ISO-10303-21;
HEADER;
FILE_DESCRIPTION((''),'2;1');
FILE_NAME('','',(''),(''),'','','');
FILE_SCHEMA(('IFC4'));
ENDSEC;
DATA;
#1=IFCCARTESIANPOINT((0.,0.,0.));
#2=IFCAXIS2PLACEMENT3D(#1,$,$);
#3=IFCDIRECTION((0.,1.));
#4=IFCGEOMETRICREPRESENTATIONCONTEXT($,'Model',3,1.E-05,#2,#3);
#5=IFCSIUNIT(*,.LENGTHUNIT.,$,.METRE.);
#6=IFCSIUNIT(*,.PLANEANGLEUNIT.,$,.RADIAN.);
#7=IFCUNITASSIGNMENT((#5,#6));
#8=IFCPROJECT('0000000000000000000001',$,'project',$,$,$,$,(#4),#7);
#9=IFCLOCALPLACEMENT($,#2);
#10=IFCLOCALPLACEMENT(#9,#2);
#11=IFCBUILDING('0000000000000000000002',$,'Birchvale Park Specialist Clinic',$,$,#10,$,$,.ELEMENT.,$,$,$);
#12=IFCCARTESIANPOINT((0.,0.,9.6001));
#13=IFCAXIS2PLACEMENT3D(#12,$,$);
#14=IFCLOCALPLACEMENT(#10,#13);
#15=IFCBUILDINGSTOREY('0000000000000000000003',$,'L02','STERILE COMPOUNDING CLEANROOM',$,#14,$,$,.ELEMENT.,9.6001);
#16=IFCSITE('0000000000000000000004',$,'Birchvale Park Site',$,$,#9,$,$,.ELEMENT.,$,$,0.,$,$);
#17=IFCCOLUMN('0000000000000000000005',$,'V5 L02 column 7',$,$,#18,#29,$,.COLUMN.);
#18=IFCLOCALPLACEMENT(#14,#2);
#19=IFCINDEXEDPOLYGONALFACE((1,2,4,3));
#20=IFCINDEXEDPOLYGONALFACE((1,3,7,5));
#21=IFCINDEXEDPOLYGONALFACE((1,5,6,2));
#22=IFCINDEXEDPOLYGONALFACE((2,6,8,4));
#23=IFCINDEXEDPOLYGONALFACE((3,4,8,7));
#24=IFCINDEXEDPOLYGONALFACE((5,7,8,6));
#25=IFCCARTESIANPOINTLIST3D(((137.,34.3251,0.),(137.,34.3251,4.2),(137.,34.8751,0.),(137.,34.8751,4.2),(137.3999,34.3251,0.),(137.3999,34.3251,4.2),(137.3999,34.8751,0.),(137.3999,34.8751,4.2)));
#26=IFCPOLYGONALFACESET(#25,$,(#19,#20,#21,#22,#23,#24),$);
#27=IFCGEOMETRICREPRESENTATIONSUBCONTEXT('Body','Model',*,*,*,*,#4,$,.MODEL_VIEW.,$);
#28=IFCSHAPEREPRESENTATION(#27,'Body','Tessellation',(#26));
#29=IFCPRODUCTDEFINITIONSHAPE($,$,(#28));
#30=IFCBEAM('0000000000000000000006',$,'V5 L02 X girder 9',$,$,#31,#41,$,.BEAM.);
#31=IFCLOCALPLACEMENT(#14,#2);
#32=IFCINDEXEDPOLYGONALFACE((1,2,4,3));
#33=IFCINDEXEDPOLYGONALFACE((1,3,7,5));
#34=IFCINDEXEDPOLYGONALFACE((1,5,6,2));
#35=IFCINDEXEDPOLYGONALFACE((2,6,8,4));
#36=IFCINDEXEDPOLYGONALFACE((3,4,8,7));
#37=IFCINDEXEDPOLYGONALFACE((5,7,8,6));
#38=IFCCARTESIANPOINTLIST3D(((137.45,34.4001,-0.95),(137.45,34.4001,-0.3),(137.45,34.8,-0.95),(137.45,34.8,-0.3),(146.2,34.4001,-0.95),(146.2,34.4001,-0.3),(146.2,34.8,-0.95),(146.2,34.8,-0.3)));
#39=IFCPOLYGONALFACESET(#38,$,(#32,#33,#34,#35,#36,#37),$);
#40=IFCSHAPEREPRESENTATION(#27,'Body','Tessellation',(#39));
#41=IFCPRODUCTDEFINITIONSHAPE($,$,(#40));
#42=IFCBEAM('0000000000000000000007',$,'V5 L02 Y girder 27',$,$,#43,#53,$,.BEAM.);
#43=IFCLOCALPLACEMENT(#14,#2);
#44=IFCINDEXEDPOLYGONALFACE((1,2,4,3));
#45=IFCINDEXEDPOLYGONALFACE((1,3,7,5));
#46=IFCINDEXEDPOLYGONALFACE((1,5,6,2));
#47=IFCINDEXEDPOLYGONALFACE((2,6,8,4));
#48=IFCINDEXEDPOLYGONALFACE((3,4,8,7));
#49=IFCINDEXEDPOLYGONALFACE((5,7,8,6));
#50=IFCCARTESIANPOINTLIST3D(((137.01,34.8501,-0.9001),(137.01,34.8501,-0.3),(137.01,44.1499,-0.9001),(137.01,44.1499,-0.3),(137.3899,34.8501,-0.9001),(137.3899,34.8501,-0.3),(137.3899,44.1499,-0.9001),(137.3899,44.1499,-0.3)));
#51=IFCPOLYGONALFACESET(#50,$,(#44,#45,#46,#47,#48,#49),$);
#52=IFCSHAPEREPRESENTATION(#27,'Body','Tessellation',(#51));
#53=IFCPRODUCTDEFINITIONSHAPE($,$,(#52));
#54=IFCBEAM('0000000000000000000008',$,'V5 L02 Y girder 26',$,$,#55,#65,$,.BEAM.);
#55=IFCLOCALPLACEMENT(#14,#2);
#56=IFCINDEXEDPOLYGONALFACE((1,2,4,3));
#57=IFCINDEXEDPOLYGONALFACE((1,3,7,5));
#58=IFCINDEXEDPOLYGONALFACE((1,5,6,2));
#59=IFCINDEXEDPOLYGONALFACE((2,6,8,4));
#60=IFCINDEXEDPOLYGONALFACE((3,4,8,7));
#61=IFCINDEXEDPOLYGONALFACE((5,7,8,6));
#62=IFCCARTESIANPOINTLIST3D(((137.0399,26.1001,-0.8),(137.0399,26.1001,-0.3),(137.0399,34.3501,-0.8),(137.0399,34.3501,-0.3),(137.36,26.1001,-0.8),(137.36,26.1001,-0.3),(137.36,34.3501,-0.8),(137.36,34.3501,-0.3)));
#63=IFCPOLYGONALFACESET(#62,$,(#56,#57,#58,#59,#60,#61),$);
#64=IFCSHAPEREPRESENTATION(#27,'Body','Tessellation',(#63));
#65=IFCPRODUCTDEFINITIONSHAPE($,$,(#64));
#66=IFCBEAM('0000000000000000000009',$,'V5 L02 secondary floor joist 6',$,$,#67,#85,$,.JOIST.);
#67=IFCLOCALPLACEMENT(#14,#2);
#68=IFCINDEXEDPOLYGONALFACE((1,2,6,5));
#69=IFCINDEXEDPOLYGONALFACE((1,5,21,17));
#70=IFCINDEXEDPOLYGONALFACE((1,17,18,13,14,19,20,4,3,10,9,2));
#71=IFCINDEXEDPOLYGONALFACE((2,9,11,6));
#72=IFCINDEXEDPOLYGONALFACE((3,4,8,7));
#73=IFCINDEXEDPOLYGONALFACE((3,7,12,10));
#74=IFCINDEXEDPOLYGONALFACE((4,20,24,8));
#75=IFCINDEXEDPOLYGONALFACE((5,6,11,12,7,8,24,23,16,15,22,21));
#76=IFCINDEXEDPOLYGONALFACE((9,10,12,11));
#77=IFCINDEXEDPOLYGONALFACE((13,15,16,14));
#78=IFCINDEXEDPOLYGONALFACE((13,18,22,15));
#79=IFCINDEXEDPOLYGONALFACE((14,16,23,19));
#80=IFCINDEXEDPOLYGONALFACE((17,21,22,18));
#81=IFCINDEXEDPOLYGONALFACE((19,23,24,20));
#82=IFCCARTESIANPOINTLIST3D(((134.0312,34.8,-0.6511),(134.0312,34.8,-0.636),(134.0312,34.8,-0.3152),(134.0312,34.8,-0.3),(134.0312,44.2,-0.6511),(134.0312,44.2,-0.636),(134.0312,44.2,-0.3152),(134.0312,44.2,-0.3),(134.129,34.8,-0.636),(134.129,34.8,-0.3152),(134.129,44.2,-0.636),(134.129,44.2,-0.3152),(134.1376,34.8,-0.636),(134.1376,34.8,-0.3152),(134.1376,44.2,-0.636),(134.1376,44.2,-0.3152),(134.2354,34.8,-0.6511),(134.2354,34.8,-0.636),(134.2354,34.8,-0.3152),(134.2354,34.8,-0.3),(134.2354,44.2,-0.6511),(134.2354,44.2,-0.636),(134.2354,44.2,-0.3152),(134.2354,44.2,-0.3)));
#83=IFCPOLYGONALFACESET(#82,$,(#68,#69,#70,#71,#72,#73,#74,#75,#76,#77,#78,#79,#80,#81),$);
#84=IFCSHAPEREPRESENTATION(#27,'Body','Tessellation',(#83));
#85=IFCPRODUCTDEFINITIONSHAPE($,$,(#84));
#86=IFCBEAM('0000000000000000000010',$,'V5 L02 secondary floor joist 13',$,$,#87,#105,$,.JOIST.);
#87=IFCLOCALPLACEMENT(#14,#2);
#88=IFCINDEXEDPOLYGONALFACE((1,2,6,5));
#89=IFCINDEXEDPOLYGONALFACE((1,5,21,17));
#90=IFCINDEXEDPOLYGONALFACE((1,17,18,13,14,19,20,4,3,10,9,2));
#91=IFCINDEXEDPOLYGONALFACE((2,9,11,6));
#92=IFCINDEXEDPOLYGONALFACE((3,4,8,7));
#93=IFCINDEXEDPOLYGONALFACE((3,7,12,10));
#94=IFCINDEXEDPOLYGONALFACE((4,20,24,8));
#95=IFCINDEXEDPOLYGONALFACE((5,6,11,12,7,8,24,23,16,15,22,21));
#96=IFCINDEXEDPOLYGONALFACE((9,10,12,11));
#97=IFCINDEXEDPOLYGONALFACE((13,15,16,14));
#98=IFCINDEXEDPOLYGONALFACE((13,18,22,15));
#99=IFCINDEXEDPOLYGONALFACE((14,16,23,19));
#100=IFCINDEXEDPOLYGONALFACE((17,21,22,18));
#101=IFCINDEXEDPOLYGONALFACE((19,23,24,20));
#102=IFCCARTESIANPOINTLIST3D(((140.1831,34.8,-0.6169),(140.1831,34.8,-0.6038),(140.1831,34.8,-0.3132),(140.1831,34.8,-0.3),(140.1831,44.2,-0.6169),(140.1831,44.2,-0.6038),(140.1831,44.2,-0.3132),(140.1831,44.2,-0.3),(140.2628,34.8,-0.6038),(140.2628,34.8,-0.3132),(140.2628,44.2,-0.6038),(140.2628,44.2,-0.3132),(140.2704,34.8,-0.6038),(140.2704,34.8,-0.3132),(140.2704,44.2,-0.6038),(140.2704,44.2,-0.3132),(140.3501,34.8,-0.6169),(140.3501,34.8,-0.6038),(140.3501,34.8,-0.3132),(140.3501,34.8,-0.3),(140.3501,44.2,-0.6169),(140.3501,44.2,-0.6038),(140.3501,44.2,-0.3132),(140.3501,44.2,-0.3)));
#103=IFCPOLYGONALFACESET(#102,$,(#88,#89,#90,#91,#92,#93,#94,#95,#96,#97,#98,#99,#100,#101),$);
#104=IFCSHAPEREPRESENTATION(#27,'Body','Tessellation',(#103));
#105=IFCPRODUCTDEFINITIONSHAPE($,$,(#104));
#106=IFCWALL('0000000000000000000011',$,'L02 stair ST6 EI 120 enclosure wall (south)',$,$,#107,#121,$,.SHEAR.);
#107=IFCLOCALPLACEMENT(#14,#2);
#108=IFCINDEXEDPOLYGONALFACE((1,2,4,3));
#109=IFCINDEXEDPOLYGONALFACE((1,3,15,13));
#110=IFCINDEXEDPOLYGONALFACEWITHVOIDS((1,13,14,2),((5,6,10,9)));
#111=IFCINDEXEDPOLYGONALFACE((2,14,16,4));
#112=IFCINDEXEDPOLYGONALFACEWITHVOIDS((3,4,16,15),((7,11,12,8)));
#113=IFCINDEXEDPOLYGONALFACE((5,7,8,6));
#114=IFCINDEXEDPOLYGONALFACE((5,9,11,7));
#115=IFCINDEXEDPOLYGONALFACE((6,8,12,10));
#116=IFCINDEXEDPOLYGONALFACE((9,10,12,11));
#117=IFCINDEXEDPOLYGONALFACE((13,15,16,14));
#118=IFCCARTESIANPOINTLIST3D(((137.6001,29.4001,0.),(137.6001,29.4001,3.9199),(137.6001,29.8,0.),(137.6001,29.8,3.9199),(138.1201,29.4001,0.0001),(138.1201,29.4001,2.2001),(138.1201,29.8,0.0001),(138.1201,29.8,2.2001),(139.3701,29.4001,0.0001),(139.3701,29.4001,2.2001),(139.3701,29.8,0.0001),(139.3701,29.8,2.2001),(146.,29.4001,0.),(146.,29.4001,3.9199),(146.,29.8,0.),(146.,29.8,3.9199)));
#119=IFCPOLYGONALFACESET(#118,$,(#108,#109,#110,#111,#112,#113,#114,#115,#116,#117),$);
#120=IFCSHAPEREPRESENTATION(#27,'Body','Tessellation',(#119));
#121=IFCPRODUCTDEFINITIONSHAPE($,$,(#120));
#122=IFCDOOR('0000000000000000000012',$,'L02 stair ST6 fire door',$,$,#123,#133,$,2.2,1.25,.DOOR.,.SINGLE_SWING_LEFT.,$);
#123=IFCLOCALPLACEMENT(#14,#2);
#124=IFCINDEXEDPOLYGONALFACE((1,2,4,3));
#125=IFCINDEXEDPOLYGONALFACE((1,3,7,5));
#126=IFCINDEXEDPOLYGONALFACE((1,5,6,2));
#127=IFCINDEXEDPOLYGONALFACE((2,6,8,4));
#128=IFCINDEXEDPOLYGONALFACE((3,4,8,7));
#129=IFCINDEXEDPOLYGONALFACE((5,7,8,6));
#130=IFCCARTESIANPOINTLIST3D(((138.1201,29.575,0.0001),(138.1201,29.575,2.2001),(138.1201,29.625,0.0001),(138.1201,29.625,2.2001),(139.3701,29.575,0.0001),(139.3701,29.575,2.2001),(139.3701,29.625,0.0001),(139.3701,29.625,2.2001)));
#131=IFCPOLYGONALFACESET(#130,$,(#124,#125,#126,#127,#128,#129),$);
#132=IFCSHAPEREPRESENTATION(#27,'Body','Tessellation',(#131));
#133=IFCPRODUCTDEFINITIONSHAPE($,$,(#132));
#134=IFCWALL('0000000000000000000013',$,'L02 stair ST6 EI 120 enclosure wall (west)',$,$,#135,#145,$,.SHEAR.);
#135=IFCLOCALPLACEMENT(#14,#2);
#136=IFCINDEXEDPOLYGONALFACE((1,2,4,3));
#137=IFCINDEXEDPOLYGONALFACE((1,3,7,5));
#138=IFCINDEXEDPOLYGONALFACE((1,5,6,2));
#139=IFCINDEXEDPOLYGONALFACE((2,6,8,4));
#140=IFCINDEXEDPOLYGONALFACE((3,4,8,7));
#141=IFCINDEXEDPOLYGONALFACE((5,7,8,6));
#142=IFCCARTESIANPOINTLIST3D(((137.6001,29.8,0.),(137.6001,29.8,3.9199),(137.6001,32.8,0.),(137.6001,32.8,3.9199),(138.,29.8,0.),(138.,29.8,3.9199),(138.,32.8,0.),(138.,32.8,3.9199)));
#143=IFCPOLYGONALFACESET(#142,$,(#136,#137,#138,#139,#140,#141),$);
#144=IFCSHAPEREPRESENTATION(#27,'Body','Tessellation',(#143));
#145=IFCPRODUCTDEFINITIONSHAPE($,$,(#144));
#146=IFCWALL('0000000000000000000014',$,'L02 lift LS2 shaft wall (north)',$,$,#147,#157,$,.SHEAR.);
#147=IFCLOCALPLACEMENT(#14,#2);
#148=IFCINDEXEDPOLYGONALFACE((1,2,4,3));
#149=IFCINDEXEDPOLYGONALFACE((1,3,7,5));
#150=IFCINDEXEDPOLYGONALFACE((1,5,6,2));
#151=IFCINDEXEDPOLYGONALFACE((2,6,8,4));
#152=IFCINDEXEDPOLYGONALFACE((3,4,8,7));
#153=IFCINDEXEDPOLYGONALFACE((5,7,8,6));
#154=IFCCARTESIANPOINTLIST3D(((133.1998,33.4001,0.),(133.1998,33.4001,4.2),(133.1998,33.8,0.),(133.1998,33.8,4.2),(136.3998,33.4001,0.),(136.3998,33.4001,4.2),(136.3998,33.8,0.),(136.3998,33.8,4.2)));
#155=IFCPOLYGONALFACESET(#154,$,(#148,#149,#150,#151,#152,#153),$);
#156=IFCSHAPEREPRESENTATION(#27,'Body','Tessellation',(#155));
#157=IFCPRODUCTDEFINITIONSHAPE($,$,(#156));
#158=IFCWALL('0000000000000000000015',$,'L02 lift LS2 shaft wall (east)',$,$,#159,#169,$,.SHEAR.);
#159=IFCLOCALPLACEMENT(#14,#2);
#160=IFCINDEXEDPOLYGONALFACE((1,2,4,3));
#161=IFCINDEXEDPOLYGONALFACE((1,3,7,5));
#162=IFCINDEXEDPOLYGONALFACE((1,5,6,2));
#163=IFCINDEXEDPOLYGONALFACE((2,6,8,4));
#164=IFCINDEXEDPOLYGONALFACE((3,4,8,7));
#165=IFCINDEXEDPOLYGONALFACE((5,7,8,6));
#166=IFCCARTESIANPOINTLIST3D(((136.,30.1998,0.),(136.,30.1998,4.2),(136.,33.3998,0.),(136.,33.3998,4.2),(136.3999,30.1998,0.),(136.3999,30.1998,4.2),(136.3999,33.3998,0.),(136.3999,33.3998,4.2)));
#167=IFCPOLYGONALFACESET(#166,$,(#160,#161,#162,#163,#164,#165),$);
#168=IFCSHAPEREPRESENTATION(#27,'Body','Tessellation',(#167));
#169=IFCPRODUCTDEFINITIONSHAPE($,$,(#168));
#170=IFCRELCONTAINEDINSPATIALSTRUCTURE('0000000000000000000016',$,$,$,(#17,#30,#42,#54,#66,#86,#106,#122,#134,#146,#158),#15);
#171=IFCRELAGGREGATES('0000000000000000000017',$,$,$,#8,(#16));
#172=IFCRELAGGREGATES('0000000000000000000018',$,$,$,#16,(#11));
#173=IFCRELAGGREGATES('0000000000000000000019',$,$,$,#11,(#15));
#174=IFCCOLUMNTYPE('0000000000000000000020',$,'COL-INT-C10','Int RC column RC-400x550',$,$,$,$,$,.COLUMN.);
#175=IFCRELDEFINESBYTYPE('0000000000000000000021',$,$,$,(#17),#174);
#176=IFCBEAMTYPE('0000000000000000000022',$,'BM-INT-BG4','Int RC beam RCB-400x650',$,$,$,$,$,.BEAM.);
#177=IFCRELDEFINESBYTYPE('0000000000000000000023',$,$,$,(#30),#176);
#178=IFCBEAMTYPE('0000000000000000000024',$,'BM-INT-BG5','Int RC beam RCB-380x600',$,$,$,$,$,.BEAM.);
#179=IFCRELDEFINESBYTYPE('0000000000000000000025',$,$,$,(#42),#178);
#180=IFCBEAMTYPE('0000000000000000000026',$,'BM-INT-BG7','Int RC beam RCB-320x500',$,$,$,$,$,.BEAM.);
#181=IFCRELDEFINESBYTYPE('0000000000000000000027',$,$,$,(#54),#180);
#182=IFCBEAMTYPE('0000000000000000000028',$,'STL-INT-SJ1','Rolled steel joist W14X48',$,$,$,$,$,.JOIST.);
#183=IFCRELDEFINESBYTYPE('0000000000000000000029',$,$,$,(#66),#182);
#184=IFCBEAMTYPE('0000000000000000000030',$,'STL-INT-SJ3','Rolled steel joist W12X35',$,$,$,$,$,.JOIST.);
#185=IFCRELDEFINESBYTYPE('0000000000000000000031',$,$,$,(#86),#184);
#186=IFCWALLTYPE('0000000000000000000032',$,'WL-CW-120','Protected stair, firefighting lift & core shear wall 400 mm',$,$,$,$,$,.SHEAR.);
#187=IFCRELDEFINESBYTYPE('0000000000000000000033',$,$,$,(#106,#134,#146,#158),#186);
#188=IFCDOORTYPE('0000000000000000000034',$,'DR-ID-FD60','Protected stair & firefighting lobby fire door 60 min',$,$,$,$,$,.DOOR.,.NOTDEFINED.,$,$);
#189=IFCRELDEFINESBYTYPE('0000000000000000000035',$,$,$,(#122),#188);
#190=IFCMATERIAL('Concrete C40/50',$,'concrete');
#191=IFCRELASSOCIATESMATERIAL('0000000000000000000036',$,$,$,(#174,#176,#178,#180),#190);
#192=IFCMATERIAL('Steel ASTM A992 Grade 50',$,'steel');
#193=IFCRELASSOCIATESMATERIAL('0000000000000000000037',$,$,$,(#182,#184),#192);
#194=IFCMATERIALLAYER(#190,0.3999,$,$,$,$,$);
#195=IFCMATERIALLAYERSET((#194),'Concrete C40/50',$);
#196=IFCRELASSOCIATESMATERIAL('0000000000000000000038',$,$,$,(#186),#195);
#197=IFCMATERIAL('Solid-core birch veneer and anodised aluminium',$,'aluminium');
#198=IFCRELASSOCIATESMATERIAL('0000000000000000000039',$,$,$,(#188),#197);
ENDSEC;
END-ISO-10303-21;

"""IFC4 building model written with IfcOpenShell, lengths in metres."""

from ifc_helpers import new_model, si_unit, direction, frame, frame_2d, origin, origin_2d, place, context, subcontext, project, spatial, rectangle, i_section, extrude, material, layer, layer_set, material_profile, profile_set, type_object, element, fill, save


model = new_model("IFC4")

# Units and contexts
model_context = context("Model", 3, precision=1e-05, world=origin(), true_north=direction((0.0, 1.0)))
body_context = subcontext(model_context, "Body", "Model", "MODEL_VIEW")
ifc_project = project(units=[si_unit("LENGTHUNIT", "METRE"), si_unit("PLANEANGLEUNIT", "RADIAN")], contexts=[model_context])

# Site, building, storey
site_placement = place(None, origin())
site = spatial("IfcSite", under=ifc_project, at=site_placement, Name="Birchvale Park Site", CompositionType="ELEMENT", RefElevation=0.0)
building_placement = place(site_placement, origin())
building = spatial("IfcBuilding", under=site, at=building_placement, Name="Birchvale Park Specialist Clinic", CompositionType="ELEMENT")
storey_placement = place(building_placement, frame((0.0, 0.0, 9.6001)))
storey = spatial("IfcBuildingStorey", under=building, at=storey_placement, Name="L02", Description="STERILE COMPOUNDING CLEANROOM", CompositionType="ELEMENT", Elevation=9.6001)

# Column
ifc_material_1 = material(Name="Concrete C40/50", Category="concrete")
ifc_material_profile_1 = material_profile(ifc_material_1, rectangle(XDim=0.3999, YDim=0.55, at=origin_2d()), Name="RC-400x550")
ifc_profile_set_1 = profile_set([ifc_material_profile_1], Name="Concrete C40/50")
column_type = type_object("IfcColumnType", Name="COL-INT-C10", Description="Int RC column RC-400x550", PredefinedType="COLUMN", material=ifc_profile_set_1)
column_placement = place(storey_placement, frame((137.2, 34.6001, 0.0), z_axis=(0.0, 0.0, 1.0), x_axis=(1.0, 0.0, 0.0)))
element("IfcColumn", 1, at=column_placement, inside=storey, type_object=column_type, Name="V5 L02 column 7", PredefinedType="COLUMN", context=body_context, shape_type="SweptSolid", body=[
    extrude(rectangle(XDim=0.3999, YDim=0.55, at=origin_2d()), origin(), (0.0, 0.0, 1.0), 4.2),
])

# Beams
ifc_material_profile_2 = material_profile(ifc_material_1, rectangle(XDim=0.3999, YDim=0.6499, at=origin_2d()), Name="RCB-400x650")
ifc_profile_set_2 = profile_set([ifc_material_profile_2], Name="Concrete C40/50")
beam_type_1 = type_object("IfcBeamType", Name="BM-INT-BG4", Description="Int RC beam RCB-400x650", PredefinedType="BEAM", material=ifc_profile_set_2)
beam_1_placement = place(storey_placement, frame((137.45, 34.6001, -0.625), z_axis=(1.0, 0.0, 0.0), x_axis=(0.0, 1.0, 0.0)))
element("IfcBeam", 2, at=beam_1_placement, inside=storey, type_object=beam_type_1, Name="V5 L02 X girder 9", PredefinedType="BEAM", context=body_context, shape_type="SweptSolid", body=[
    extrude(rectangle(XDim=0.3999, YDim=0.6499, at=origin_2d()), origin(), (0.0, 0.0, 1.0), 8.75),
])
ifc_material_profile_3 = material_profile(ifc_material_1, rectangle(XDim=0.3799, YDim=0.6001, at=origin_2d()), Name="RCB-380x600")
ifc_profile_set_3 = profile_set([ifc_material_profile_3], Name="Concrete C40/50")
beam_type_2 = type_object("IfcBeamType", Name="BM-INT-BG5", Description="Int RC beam RCB-380x600", PredefinedType="BEAM", material=ifc_profile_set_3)
beam_2_placement = place(storey_placement, frame((137.2, 34.8501, -0.6001), z_axis=(0.0, 1.0, 0.0), x_axis=(-1.0, 0.0, 0.0)))
element("IfcBeam", 3, at=beam_2_placement, inside=storey, type_object=beam_type_2, Name="V5 L02 Y girder 27", PredefinedType="BEAM", context=body_context, shape_type="SweptSolid", body=[
    extrude(rectangle(XDim=0.3799, YDim=0.6001, at=origin_2d()), origin(), (0.0, 0.0, 1.0), 9.2998),
])
ifc_material_profile_4 = material_profile(ifc_material_1, rectangle(XDim=0.3201, YDim=0.5, at=origin_2d()), Name="RCB-320x500")
ifc_profile_set_4 = profile_set([ifc_material_profile_4], Name="Concrete C40/50")
beam_type_3 = type_object("IfcBeamType", Name="BM-INT-BG7", Description="Int RC beam RCB-320x500", PredefinedType="BEAM", material=ifc_profile_set_4)
beam_3_placement = place(storey_placement, frame((137.2, 26.1001, -0.55), z_axis=(0.0, 1.0, 0.0), x_axis=(-1.0, 0.0, 0.0)))
element("IfcBeam", 4, at=beam_3_placement, inside=storey, type_object=beam_type_3, Name="V5 L02 Y girder 26", PredefinedType="BEAM", context=body_context, shape_type="SweptSolid", body=[
    extrude(rectangle(XDim=0.3201, YDim=0.5, at=origin_2d()), origin(), (0.0, 0.0, 1.0), 8.25),
])
ifc_material_2 = material(Name="Steel ASTM A992 Grade 50", Category="steel")
ifc_material_profile_5 = material_profile(ifc_material_2, i_section(OverallWidth=0.2041, OverallDepth=0.3511, WebThickness=0.0085, FlangeThickness=0.0151, at=origin_2d()), Name="W14X48")
ifc_profile_set_5 = profile_set([ifc_material_profile_5], Name="Steel ASTM A992 Grade 50")
beam_type_4 = type_object("IfcBeamType", Name="STL-INT-SJ1", Description="Rolled steel joist W14X48", PredefinedType="JOIST", material=ifc_profile_set_5)
beam_4_placement = place(storey_placement, frame((134.1333, 34.8, -0.4756), z_axis=(0.0, 1.0, 0.0), x_axis=(-1.0, 0.0, 0.0)))
element("IfcBeam", 5, at=beam_4_placement, inside=storey, type_object=beam_type_4, Name="V5 L02 secondary floor joist 6", PredefinedType="JOIST", context=body_context, shape_type="SweptSolid", body=[
    extrude(i_section(OverallWidth=0.2041, OverallDepth=0.3511, WebThickness=0.0085, FlangeThickness=0.0151, at=origin_2d()), origin(), (0.0, 0.0, 1.0), 9.3999),
])
ifc_material_profile_6 = material_profile(ifc_material_2, i_section(OverallWidth=0.167, OverallDepth=0.3169, WebThickness=0.0076, FlangeThickness=0.0132, at=origin_2d()), Name="W12X35")
ifc_profile_set_6 = profile_set([ifc_material_profile_6], Name="Steel ASTM A992 Grade 50")
beam_type_5 = type_object("IfcBeamType", Name="STL-INT-SJ3", Description="Rolled steel joist W12X35", PredefinedType="JOIST", material=ifc_profile_set_6)
beam_5_placement = place(storey_placement, frame((140.2666, 34.8, -0.4585), z_axis=(0.0, 1.0, 0.0), x_axis=(-1.0, 0.0, 0.0)))
element("IfcBeam", 6, at=beam_5_placement, inside=storey, type_object=beam_type_5, Name="V5 L02 secondary floor joist 13", PredefinedType="JOIST", context=body_context, shape_type="SweptSolid", body=[
    extrude(i_section(OverallWidth=0.167, OverallDepth=0.3169, WebThickness=0.0076, FlangeThickness=0.0132, at=origin_2d()), origin(), (0.0, 0.0, 1.0), 9.3999),
])

# Wall, opening, door
ifc_layer_1 = layer(ifc_material_1, 0.3999)
ifc_layer_set_1 = layer_set([ifc_layer_1], Name="Concrete C40/50")
wall_type_1 = type_object("IfcWallType", Name="WL-CW-120", Description="Protected stair, firefighting lift & core shear wall 400 mm", PredefinedType="SHEAR", material=ifc_layer_set_1)
wall_1_placement = place(storey_placement, frame((137.6001, 29.6001, 0.0), z_axis=(0.0, 0.0, 1.0), x_axis=(1.0, 0.0, 0.0)))
wall_1 = element("IfcWall", 7, at=wall_1_placement, inside=storey, type_object=wall_type_1, Name="L02 stair ST6 EI 120 enclosure wall (south)", PredefinedType="SHEAR", context=body_context, shape_type="SweptSolid", body=[
    extrude(rectangle(XDim=8.3999, YDim=0.3999, at=frame_2d((4.2, 0.0))), origin(), (0.0, 0.0, 1.0), 3.9199),
])
opening_1_placement = place(wall_1_placement, frame((0.52, 0.0, 0.0)))
opening_1 = element("IfcOpeningElement", 8, at=opening_1_placement, cuts=wall_1, PredefinedType="OPENING", context=body_context, shape_type="SweptSolid", body=[
    extrude(rectangle(XDim=1.25, YDim=2.2, at=frame_2d((0.625, 1.1001))), frame((0.0, 0.21, 0.0), z_axis=(0.0, -1.0, 0.0), x_axis=(1.0, 0.0, 0.0)), (0.0, 0.0, 1.0), 0.4199),
])
ifc_material_3 = material(Name="Solid-core birch veneer and anodised aluminium", Category="aluminium")
door_type_1 = type_object("IfcDoorType", Name="DR-ID-FD60", Description="Protected stair & firefighting lobby fire door 60 min", OperationType="NOTDEFINED", PredefinedType="DOOR", material=ifc_material_3)
door_1_placement = place(opening_1_placement, origin())
door_1 = element("IfcDoor", 9, at=door_1_placement, inside=storey, type_object=door_type_1, Name="L02 stair ST6 fire door", OperationType="SINGLE_SWING_LEFT", OverallHeight=2.2, OverallWidth=1.25, PredefinedType="DOOR", context=body_context, shape_type="SweptSolid", body=[
    extrude(rectangle(XDim=1.25, YDim=2.2, at=frame_2d((0.625, 1.1001))), frame((0.0, 0.0249, 0.0), z_axis=(0.0, -1.0, 0.0), x_axis=(1.0, 0.0, 0.0)), (0.0, 0.0, 1.0), 0.05),
])
fill(opening_1, door_1)

# Walls
wall_2_placement = place(storey_placement, frame((137.8, 29.8, 0.0), z_axis=(0.0, 0.0, 1.0), x_axis=(0.0, 1.0, 0.0)))
element("IfcWall", 10, at=wall_2_placement, inside=storey, type_object=wall_type_1, Name="L02 stair ST6 EI 120 enclosure wall (west)", PredefinedType="SHEAR", context=body_context, shape_type="SweptSolid", body=[
    extrude(rectangle(XDim=3.0, YDim=0.3999, at=frame_2d((1.5, 0.0))), origin(), (0.0, 0.0, 1.0), 3.9199),
])
for number, where, z_axis, x_axis, name in (
    (11, (136.3999, 33.6001, 0.0), (0.0, 0.0, 1.0), (-1.0, 0.0, 0.0), "L02 lift LS2 shaft wall (north)"),
    (12, (136.2, 33.3999, 0.0), (0.0, 0.0, 1.0), (0.0, -1.0, 0.0), "L02 lift LS2 shaft wall (east)"),
):
    element("IfcWall", number, at=place(storey_placement, frame(where, z_axis=z_axis, x_axis=x_axis)), inside=storey, type_object=wall_type_1, Name=name, PredefinedType="SHEAR", context=body_context, shape_type="SweptSolid", body=[
        extrude(rectangle(XDim=3.2, YDim=0.3999, at=frame_2d((1.6001, 0.0))), origin(), (0.0, 0.0, 1.0), 4.2),
    ])

save(model, "model.ifc")
